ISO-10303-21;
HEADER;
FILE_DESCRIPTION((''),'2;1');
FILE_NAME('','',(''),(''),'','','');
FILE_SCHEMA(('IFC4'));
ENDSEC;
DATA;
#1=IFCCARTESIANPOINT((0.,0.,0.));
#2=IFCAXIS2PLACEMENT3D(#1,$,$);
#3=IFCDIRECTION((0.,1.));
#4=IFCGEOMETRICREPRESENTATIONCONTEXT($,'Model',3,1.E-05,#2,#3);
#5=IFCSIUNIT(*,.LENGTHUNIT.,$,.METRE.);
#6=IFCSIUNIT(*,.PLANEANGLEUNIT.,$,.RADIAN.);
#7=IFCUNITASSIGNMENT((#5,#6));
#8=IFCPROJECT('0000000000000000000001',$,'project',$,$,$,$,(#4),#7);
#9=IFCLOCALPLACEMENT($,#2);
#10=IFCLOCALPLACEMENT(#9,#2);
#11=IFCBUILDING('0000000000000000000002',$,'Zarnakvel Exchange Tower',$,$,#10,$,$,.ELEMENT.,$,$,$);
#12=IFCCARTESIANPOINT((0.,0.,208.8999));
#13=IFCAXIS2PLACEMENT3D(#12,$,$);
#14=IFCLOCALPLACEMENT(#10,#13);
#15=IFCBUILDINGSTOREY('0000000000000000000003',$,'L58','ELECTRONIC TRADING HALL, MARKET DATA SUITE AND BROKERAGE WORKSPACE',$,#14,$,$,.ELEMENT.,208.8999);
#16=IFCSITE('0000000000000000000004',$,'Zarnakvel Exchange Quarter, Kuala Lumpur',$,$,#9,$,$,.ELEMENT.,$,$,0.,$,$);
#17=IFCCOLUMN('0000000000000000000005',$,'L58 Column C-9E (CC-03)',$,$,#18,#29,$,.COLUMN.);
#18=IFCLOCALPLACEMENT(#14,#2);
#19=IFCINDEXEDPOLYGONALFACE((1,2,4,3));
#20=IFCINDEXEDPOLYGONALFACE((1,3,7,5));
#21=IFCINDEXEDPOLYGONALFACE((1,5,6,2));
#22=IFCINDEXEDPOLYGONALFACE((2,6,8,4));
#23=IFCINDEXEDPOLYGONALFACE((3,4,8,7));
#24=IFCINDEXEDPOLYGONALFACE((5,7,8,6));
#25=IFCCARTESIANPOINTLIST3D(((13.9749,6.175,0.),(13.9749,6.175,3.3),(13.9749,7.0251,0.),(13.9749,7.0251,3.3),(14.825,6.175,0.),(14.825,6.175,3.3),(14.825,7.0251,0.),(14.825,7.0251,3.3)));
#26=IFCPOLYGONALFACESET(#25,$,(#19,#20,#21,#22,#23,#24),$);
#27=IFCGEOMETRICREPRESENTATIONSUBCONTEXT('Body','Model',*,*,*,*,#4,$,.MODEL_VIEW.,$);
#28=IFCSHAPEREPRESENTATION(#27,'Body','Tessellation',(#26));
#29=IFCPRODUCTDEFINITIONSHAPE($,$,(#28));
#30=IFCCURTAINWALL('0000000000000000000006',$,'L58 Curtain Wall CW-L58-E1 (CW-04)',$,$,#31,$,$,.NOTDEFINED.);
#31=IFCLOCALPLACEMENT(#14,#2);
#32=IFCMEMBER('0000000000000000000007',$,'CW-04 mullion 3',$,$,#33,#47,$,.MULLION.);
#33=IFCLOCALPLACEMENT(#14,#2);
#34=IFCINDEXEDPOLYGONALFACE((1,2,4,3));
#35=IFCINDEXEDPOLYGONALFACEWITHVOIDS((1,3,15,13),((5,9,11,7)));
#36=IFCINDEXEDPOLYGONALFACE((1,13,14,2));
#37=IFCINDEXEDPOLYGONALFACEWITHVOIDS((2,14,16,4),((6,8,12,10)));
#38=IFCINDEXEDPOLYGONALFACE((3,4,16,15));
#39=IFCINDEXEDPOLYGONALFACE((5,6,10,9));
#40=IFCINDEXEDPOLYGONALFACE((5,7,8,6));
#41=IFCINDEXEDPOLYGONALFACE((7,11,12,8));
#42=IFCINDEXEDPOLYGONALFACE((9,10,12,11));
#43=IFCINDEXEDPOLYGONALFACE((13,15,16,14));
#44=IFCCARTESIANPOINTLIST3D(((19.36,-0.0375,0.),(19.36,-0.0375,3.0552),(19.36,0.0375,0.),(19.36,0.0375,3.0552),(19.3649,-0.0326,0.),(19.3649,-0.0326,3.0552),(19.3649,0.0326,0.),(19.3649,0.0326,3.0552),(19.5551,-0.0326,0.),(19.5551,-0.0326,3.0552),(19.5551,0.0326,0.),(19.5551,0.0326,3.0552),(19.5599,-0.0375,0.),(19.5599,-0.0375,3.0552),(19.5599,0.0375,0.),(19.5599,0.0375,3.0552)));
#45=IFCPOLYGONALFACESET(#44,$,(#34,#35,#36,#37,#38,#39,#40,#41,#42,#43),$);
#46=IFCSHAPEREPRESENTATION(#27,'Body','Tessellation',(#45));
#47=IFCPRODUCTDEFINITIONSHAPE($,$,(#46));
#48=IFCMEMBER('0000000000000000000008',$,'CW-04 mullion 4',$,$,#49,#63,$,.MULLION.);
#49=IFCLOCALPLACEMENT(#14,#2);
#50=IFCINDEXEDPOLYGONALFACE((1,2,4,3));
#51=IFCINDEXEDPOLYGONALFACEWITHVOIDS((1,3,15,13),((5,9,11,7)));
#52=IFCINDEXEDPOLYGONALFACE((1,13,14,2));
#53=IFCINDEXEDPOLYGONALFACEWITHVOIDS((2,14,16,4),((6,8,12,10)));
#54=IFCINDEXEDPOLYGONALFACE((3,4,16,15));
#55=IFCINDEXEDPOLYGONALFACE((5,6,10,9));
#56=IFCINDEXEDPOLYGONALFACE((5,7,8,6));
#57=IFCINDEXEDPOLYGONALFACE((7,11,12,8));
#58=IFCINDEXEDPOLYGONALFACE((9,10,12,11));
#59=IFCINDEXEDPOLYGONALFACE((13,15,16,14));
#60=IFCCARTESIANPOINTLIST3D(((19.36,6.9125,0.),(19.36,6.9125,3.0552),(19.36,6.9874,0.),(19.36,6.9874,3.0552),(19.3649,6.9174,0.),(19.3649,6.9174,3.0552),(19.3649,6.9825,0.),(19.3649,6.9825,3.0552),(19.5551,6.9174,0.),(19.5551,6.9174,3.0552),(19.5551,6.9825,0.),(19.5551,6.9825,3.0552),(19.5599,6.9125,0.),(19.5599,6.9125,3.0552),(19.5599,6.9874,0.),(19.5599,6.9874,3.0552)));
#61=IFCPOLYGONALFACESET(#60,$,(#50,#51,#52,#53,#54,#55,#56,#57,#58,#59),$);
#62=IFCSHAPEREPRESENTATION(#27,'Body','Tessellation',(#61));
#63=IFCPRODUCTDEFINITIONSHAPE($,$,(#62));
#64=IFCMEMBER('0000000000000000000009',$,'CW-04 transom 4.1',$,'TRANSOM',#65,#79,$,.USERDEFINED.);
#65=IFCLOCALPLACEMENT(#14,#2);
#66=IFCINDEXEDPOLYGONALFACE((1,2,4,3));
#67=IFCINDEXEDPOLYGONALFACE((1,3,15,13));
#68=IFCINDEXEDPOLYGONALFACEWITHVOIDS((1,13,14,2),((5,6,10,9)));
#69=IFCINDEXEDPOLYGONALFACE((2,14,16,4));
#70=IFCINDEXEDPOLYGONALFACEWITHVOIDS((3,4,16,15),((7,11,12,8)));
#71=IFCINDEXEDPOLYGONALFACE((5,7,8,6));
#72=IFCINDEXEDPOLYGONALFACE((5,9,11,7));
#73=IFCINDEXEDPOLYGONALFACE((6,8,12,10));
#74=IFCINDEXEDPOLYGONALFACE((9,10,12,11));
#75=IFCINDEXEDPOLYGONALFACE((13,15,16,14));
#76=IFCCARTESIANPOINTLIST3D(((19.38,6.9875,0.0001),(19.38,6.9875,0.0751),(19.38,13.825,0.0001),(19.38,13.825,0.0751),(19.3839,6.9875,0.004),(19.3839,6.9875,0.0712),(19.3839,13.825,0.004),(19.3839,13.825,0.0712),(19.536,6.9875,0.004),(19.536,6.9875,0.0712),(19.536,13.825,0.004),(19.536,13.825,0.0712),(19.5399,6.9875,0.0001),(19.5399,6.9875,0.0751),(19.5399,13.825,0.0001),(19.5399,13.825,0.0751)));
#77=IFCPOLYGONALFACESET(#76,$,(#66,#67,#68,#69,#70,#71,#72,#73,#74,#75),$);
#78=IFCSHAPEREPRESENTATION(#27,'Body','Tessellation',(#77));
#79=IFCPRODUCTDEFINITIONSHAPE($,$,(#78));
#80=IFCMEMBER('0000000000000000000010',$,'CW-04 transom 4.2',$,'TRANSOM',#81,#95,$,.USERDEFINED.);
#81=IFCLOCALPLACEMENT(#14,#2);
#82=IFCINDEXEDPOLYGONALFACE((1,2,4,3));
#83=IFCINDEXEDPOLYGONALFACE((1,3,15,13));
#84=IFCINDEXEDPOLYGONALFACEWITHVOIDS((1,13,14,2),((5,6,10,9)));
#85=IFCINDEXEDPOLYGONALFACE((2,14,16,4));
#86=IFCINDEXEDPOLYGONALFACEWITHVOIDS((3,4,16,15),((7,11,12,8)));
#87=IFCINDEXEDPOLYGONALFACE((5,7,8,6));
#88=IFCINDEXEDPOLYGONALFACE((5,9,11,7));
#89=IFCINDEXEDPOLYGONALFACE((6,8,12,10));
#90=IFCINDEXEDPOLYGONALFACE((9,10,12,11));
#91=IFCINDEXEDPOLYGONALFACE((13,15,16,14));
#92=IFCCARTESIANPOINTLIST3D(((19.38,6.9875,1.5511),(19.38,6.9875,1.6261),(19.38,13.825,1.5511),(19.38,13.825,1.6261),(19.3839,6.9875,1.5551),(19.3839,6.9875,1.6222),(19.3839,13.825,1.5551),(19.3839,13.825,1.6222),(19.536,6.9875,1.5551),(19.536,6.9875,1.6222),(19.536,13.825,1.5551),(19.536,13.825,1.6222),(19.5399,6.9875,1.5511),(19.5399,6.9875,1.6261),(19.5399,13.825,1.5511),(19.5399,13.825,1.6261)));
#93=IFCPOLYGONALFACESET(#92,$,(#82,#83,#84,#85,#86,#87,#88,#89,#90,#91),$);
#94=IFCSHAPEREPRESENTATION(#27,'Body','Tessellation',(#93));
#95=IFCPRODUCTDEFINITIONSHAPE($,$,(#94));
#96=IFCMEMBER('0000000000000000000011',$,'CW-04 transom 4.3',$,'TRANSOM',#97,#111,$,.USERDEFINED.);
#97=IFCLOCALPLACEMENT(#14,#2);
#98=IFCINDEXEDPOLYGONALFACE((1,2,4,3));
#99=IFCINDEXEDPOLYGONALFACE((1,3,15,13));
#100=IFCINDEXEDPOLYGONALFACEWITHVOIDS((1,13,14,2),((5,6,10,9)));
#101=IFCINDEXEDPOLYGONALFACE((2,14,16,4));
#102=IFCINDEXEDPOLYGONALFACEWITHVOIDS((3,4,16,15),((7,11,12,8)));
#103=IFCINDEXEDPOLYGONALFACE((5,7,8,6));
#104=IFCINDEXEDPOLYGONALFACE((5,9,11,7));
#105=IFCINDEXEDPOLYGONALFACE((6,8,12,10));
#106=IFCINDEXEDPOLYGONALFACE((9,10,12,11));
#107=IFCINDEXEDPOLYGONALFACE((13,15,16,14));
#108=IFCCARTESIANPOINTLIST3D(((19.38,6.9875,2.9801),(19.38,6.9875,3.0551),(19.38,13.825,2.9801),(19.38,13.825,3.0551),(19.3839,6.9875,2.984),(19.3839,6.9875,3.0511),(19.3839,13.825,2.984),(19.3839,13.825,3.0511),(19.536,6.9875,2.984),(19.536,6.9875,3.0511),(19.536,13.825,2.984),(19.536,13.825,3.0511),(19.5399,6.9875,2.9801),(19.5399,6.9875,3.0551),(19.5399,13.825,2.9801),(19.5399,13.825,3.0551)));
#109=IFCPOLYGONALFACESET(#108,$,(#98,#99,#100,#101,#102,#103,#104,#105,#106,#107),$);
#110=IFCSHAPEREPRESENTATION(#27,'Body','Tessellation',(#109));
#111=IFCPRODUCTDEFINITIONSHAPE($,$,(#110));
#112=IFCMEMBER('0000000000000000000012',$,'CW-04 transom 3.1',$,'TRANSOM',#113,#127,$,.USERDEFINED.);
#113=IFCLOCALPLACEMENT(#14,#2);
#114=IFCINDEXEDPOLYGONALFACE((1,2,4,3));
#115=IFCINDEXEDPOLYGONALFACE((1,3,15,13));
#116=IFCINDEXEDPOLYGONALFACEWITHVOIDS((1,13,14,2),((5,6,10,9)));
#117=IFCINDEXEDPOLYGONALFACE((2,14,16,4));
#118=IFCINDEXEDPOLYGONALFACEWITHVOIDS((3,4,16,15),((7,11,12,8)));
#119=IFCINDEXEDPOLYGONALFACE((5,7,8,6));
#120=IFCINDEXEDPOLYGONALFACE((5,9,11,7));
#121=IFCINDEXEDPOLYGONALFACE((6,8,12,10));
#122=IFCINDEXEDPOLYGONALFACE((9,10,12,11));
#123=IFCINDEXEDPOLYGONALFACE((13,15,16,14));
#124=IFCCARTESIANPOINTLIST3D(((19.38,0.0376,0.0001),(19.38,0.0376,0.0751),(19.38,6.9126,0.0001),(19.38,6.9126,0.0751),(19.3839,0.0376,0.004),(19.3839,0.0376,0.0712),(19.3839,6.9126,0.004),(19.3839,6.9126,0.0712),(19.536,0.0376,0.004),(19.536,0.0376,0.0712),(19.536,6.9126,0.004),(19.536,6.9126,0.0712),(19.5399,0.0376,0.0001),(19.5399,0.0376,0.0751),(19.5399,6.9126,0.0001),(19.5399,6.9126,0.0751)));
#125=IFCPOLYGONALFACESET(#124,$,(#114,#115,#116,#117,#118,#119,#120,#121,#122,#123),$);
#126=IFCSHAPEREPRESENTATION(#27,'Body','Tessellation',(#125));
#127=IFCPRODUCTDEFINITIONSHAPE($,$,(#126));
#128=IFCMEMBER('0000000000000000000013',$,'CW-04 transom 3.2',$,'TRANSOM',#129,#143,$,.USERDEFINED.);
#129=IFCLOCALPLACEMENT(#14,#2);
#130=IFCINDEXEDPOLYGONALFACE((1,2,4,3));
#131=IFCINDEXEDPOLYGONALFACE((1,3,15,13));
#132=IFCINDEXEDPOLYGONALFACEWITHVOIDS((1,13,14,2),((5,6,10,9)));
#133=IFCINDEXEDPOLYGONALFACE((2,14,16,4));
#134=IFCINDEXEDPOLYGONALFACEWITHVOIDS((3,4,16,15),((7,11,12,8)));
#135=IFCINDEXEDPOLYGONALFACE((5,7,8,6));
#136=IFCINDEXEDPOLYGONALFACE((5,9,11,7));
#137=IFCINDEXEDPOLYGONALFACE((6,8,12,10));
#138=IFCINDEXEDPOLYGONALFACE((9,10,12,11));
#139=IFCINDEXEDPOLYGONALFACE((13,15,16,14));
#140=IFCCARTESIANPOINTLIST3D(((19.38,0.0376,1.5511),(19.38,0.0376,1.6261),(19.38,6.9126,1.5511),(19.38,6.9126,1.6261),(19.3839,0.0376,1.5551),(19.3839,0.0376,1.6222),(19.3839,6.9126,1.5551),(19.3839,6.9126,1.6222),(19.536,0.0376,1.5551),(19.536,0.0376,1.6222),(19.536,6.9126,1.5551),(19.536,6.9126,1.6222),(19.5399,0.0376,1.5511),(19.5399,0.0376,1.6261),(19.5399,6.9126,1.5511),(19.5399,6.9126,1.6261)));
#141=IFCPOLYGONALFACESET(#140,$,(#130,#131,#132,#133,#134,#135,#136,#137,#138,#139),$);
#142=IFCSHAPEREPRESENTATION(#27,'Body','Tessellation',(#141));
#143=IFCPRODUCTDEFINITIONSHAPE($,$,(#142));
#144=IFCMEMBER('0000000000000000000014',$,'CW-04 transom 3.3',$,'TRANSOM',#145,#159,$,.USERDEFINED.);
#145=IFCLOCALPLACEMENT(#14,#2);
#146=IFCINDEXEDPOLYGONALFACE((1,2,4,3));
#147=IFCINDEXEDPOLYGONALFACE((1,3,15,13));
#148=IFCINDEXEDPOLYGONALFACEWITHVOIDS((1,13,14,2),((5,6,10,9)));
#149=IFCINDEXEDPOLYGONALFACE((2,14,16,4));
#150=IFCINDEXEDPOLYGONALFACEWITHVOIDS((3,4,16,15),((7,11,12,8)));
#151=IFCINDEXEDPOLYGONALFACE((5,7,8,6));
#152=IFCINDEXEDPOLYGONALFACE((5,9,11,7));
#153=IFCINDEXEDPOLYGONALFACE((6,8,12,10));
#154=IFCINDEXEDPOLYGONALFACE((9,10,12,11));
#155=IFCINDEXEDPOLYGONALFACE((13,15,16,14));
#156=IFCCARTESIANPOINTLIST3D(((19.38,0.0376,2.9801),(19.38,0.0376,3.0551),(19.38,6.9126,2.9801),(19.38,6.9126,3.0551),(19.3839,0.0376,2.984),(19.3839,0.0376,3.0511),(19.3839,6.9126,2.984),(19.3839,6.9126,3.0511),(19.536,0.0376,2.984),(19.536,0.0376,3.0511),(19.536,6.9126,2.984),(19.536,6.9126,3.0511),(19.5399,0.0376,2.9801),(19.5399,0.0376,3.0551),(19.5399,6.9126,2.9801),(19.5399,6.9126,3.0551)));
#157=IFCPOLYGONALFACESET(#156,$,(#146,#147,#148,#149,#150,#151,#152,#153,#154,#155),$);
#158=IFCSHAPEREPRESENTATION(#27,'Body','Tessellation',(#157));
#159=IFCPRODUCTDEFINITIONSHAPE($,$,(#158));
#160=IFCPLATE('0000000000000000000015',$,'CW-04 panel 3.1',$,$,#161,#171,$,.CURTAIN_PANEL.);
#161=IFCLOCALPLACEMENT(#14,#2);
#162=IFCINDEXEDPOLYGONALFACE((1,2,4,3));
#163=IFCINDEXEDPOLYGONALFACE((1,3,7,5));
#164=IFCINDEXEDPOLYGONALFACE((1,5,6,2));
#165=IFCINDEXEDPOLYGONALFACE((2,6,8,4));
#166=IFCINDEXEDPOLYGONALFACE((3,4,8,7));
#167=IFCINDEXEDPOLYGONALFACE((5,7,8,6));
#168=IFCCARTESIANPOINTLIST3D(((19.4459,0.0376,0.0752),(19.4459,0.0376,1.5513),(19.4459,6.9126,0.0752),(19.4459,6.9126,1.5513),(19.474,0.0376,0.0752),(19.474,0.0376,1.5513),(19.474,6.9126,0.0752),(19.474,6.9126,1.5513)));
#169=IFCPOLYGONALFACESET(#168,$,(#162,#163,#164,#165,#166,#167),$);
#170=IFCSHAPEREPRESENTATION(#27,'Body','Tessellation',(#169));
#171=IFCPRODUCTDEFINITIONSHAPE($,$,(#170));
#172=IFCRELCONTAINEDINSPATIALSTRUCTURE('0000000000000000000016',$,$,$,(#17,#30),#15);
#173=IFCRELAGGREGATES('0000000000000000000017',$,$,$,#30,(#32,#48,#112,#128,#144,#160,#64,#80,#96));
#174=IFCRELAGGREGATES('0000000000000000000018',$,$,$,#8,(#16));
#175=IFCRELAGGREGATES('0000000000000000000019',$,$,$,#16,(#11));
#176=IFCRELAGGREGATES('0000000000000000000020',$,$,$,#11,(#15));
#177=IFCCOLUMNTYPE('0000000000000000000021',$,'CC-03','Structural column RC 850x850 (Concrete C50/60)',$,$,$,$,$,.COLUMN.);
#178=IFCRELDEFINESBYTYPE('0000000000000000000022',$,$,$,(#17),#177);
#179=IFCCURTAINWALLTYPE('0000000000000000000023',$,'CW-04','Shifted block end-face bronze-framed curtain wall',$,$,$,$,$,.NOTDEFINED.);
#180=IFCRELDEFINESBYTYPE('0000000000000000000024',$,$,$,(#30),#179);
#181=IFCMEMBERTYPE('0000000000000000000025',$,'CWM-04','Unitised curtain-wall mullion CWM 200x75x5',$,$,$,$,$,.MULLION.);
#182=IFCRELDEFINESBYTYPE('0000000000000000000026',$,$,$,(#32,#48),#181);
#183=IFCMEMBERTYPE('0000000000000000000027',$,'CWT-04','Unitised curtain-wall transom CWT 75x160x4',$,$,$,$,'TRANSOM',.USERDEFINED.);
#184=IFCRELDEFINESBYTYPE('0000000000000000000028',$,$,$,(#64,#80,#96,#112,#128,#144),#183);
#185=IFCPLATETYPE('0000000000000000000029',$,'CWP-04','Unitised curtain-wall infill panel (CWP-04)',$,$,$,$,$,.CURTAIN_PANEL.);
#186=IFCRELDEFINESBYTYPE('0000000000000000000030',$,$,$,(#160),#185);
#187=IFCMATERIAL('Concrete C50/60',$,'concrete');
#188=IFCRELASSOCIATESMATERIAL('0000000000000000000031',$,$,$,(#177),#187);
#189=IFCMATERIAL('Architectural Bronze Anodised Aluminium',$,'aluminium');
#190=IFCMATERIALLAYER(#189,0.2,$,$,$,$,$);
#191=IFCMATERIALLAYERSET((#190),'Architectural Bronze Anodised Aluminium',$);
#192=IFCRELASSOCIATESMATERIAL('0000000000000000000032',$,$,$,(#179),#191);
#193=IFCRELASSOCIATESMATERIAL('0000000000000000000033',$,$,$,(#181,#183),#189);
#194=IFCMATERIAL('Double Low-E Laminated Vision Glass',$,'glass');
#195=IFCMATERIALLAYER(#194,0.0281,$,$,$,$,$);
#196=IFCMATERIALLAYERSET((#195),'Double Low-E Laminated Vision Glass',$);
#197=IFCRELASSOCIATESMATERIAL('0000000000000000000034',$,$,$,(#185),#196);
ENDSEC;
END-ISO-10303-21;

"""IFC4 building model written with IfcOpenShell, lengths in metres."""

from ifc_helpers import new_model, si_unit, direction, frame, origin, origin_2d, place, context, subcontext, project, spatial, rectangle, hollow_rectangle, extrude, source, transform, mapped, material, layer, layer_set, material_profile, profile_set, type_object, element, aggregate, save


model = new_model("IFC4")

# Units and contexts
model_context = context("Model", 3, precision=1e-05, world=origin(), true_north=direction((0.0, 1.0)))
body_context = subcontext(model_context, "Body", "Model", "MODEL_VIEW")
ifc_project = project(units=[si_unit("LENGTHUNIT", "METRE"), si_unit("PLANEANGLEUNIT", "RADIAN")], contexts=[model_context])

# Site, building, storey
site_placement = place(None, origin())
site = spatial("IfcSite", under=ifc_project, at=site_placement, Name="Zarnakvel Exchange Quarter, Kuala Lumpur", CompositionType="ELEMENT", RefElevation=0.0)
building_placement = place(site_placement, origin())
building = spatial("IfcBuilding", under=site, at=building_placement, Name="Zarnakvel Exchange Tower", CompositionType="ELEMENT")
storey_placement = place(building_placement, frame((0.0, 0.0, 208.8999)))
storey = spatial("IfcBuildingStorey", under=building, at=storey_placement, Name="L58", Description="ELECTRONIC TRADING HALL, MARKET DATA SUITE AND BROKERAGE WORKSPACE", CompositionType="ELEMENT", Elevation=208.8999)

# Column
ifc_material_1 = material(Name="Concrete C50/60", Category="concrete")
ifc_material_profile_1 = material_profile(ifc_material_1, rectangle(XDim=0.8501, YDim=0.8501, at=origin_2d()))
ifc_profile_set_1 = profile_set([ifc_material_profile_1], Name="Concrete C50/60")
column_type = type_object("IfcColumnType", Name="CC-03", Description="Structural column RC 850x850 (Concrete C50/60)", PredefinedType="COLUMN", material=ifc_profile_set_1)
column_placement = place(storey_placement, frame((14.3999, 6.6001, 0.0), z_axis=(0.0, 0.0, 1.0), x_axis=(1.0, 0.0, 0.0)))
element("IfcColumn", 1, at=column_placement, inside=storey, type_object=column_type, Name="L58 Column C-9E (CC-03)", PredefinedType="COLUMN", context=body_context, shape_type="SweptSolid", body=[
    extrude(rectangle(XDim=0.8501, YDim=0.8501, at=origin_2d()), origin(), (0.0, 0.0, 1.0), 3.3),
])

# Curtain wall, members, plate
ifc_material_2 = material(Name="Architectural Bronze Anodised Aluminium", Category="aluminium")
ifc_layer_1 = layer(ifc_material_2, 0.2)
ifc_layer_set_1 = layer_set([ifc_layer_1], Name="Architectural Bronze Anodised Aluminium")
curtain_wall_type = type_object("IfcCurtainWallType", Name="CW-04", Description="Shifted block end-face bronze-framed curtain wall", PredefinedType="NOTDEFINED", material=ifc_layer_set_1)
curtain_wall_placement = place(storey_placement, origin())
curtain_wall = element("IfcCurtainWall", 2, at=curtain_wall_placement, inside=storey, type_object=curtain_wall_type, Name="L58 Curtain Wall CW-L58-E1 (CW-04)", PredefinedType="NOTDEFINED")
ifc_material_profile_2 = material_profile(ifc_material_2, hollow_rectangle(XDim=0.2, YDim=0.075, WallThickness=0.0049, at=origin_2d()))
ifc_profile_set_2 = profile_set([ifc_material_profile_2], Name="Architectural Bronze Anodised Aluminium")
member_type_1 = type_object("IfcMemberType", Name="CWM-04", Description="Unitised curtain-wall mullion CWM 200x75x5", PredefinedType="MULLION", material=ifc_profile_set_2)
shared_shape_1 = source(origin(), body_context, "Body", "SweptSolid", [
    extrude(hollow_rectangle(XDim=0.2, YDim=0.075, WallThickness=0.0049, at=origin_2d()), origin(), (0.0, 0.0, 1.0), 3.0552),
])
member_1_placement = place(storey_placement, frame((19.46, 0.0, 0.0), z_axis=(0.0, 0.0, 1.0), x_axis=(-1.0, 0.0, 0.0)))
member_1 = element("IfcMember", 3, at=member_1_placement, type_object=member_type_1, Name="CW-04 mullion 3", PredefinedType="MULLION", context=body_context, shape_type="MappedRepresentation", body=[
    mapped(shared_shape_1, transform((0.0, 0.0, 0.0), x_axis=(1.0, 0.0, 0.0), y_axis=(0.0, 1.0, 0.0), z_axis=(0.0, 0.0, 1.0), scale=1.0)),
])
member_2_placement = place(storey_placement, frame((19.46, 6.95, 0.0), z_axis=(0.0, 0.0, 1.0), x_axis=(-1.0, 0.0, 0.0)))
member_2 = element("IfcMember", 4, at=member_2_placement, type_object=member_type_1, Name="CW-04 mullion 4", PredefinedType="MULLION", context=body_context, shape_type="MappedRepresentation", body=[
    mapped(shared_shape_1, transform((0.0, 0.0, 0.0), x_axis=(1.0, 0.0, 0.0), y_axis=(0.0, 1.0, 0.0), z_axis=(0.0, 0.0, 1.0), scale=1.0)),
])
ifc_material_profile_3 = material_profile(ifc_material_2, hollow_rectangle(XDim=0.1599, YDim=0.075, WallThickness=0.0039, at=origin_2d()))
ifc_profile_set_3 = profile_set([ifc_material_profile_3], Name="Architectural Bronze Anodised Aluminium")
member_type_2 = type_object("IfcMemberType", Name="CWT-04", Description="Unitised curtain-wall transom CWT 75x160x4", ElementType="TRANSOM", PredefinedType="USERDEFINED", material=ifc_profile_set_3)
shared_shape_2 = source(origin(), body_context, "Body", "SweptSolid", [
    extrude(hollow_rectangle(XDim=0.1599, YDim=0.075, WallThickness=0.0039, at=origin_2d()), origin(), (0.0, 0.0, 1.0), 6.8374),
])
member_3_placement = place(storey_placement, frame((19.46, 6.9875, 0.0376), z_axis=(0.0, 1.0, 0.0), x_axis=(-1.0, 0.0, 0.0)))
member_3 = element("IfcMember", 5, at=member_3_placement, type_object=member_type_2, Name="CW-04 transom 4.1", ObjectType="TRANSOM", PredefinedType="USERDEFINED", context=body_context, shape_type="MappedRepresentation", body=[
    mapped(shared_shape_2, transform((0.0, 0.0, 0.0), x_axis=(1.0, 0.0, 0.0), y_axis=(0.0, 1.0, 0.0), z_axis=(0.0, 0.0, 1.0), scale=1.0)),
])
member_4_placement = place(storey_placement, frame((19.46, 6.9875, 1.5886), z_axis=(0.0, 1.0, 0.0), x_axis=(-1.0, 0.0, 0.0)))
member_4 = element("IfcMember", 6, at=member_4_placement, type_object=member_type_2, Name="CW-04 transom 4.2", ObjectType="TRANSOM", PredefinedType="USERDEFINED", context=body_context, shape_type="MappedRepresentation", body=[
    mapped(shared_shape_2, transform((0.0, 0.0, 0.0), x_axis=(1.0, 0.0, 0.0), y_axis=(0.0, 1.0, 0.0), z_axis=(0.0, 0.0, 1.0), scale=1.0)),
])
member_5_placement = place(storey_placement, frame((19.46, 6.9875, 3.0176), z_axis=(0.0, 1.0, 0.0), x_axis=(-1.0, 0.0, 0.0)))
member_5 = element("IfcMember", 7, at=member_5_placement, type_object=member_type_2, Name="CW-04 transom 4.3", ObjectType="TRANSOM", PredefinedType="USERDEFINED", context=body_context, shape_type="MappedRepresentation", body=[
    mapped(shared_shape_2, transform((0.0, 0.0, 0.0), x_axis=(1.0, 0.0, 0.0), y_axis=(0.0, 1.0, 0.0), z_axis=(0.0, 0.0, 1.0), scale=1.0)),
])
shared_shape_3 = source(origin(), body_context, "Body", "SweptSolid", [
    extrude(hollow_rectangle(XDim=0.1599, YDim=0.075, WallThickness=0.0039, at=origin_2d()), origin(), (0.0, 0.0, 1.0), 6.875),
])
member_6_placement = place(storey_placement, frame((19.46, 0.0376, 0.0376), z_axis=(0.0, 1.0, 0.0), x_axis=(-1.0, 0.0, 0.0)))
member_6 = element("IfcMember", 8, at=member_6_placement, type_object=member_type_2, Name="CW-04 transom 3.1", ObjectType="TRANSOM", PredefinedType="USERDEFINED", context=body_context, shape_type="MappedRepresentation", body=[
    mapped(shared_shape_3, transform((0.0, 0.0, 0.0), x_axis=(1.0, 0.0, 0.0), y_axis=(0.0, 1.0, 0.0), z_axis=(0.0, 0.0, 1.0), scale=1.0)),
])
member_7_placement = place(storey_placement, frame((19.46, 0.0376, 1.5886), z_axis=(0.0, 1.0, 0.0), x_axis=(-1.0, 0.0, 0.0)))
member_7 = element("IfcMember", 9, at=member_7_placement, type_object=member_type_2, Name="CW-04 transom 3.2", ObjectType="TRANSOM", PredefinedType="USERDEFINED", context=body_context, shape_type="MappedRepresentation", body=[
    mapped(shared_shape_3, transform((0.0, 0.0, 0.0), x_axis=(1.0, 0.0, 0.0), y_axis=(0.0, 1.0, 0.0), z_axis=(0.0, 0.0, 1.0), scale=1.0)),
])
member_8_placement = place(storey_placement, frame((19.46, 0.0376, 3.0176), z_axis=(0.0, 1.0, 0.0), x_axis=(-1.0, 0.0, 0.0)))
member_8 = element("IfcMember", 10, at=member_8_placement, type_object=member_type_2, Name="CW-04 transom 3.3", ObjectType="TRANSOM", PredefinedType="USERDEFINED", context=body_context, shape_type="MappedRepresentation", body=[
    mapped(shared_shape_3, transform((0.0, 0.0, 0.0), x_axis=(1.0, 0.0, 0.0), y_axis=(0.0, 1.0, 0.0), z_axis=(0.0, 0.0, 1.0), scale=1.0)),
])
ifc_material_3 = material(Name="Double Low-E Laminated Vision Glass", Category="glass")
ifc_layer_2 = layer(ifc_material_3, 0.0281)
ifc_layer_set_2 = layer_set([ifc_layer_2], Name="Double Low-E Laminated Vision Glass")
plate_type = type_object("IfcPlateType", Name="CWP-04", Description="Unitised curtain-wall infill panel (CWP-04)", PredefinedType="CURTAIN_PANEL", material=ifc_layer_set_2)
shared_shape_4 = source(origin(), body_context, "Body", "SweptSolid", [
    extrude(rectangle(XDim=6.875, YDim=0.0281, at=origin_2d()), origin(), (0.0, 0.0, 1.0), 1.4761),
])
plate_1_placement = place(storey_placement, frame((19.46, 3.4751, 0.0752), z_axis=(0.0, 0.0, 1.0), x_axis=(0.0, 1.0, 0.0)))
plate_1 = element("IfcPlate", 11, at=plate_1_placement, type_object=plate_type, Name="CW-04 panel 3.1", PredefinedType="CURTAIN_PANEL", context=body_context, shape_type="MappedRepresentation", body=[
    mapped(shared_shape_4, transform((0.0, 0.0, 0.0), x_axis=(1.0, 0.0, 0.0), y_axis=(0.0, 1.0, 0.0), z_axis=(0.0, 0.0, 1.0), scale=1.0)),
])
aggregate(curtain_wall, [member_1, member_2, member_6, member_7, member_8, plate_1, member_3, member_4, member_5])

save(model, "model.ifc")
